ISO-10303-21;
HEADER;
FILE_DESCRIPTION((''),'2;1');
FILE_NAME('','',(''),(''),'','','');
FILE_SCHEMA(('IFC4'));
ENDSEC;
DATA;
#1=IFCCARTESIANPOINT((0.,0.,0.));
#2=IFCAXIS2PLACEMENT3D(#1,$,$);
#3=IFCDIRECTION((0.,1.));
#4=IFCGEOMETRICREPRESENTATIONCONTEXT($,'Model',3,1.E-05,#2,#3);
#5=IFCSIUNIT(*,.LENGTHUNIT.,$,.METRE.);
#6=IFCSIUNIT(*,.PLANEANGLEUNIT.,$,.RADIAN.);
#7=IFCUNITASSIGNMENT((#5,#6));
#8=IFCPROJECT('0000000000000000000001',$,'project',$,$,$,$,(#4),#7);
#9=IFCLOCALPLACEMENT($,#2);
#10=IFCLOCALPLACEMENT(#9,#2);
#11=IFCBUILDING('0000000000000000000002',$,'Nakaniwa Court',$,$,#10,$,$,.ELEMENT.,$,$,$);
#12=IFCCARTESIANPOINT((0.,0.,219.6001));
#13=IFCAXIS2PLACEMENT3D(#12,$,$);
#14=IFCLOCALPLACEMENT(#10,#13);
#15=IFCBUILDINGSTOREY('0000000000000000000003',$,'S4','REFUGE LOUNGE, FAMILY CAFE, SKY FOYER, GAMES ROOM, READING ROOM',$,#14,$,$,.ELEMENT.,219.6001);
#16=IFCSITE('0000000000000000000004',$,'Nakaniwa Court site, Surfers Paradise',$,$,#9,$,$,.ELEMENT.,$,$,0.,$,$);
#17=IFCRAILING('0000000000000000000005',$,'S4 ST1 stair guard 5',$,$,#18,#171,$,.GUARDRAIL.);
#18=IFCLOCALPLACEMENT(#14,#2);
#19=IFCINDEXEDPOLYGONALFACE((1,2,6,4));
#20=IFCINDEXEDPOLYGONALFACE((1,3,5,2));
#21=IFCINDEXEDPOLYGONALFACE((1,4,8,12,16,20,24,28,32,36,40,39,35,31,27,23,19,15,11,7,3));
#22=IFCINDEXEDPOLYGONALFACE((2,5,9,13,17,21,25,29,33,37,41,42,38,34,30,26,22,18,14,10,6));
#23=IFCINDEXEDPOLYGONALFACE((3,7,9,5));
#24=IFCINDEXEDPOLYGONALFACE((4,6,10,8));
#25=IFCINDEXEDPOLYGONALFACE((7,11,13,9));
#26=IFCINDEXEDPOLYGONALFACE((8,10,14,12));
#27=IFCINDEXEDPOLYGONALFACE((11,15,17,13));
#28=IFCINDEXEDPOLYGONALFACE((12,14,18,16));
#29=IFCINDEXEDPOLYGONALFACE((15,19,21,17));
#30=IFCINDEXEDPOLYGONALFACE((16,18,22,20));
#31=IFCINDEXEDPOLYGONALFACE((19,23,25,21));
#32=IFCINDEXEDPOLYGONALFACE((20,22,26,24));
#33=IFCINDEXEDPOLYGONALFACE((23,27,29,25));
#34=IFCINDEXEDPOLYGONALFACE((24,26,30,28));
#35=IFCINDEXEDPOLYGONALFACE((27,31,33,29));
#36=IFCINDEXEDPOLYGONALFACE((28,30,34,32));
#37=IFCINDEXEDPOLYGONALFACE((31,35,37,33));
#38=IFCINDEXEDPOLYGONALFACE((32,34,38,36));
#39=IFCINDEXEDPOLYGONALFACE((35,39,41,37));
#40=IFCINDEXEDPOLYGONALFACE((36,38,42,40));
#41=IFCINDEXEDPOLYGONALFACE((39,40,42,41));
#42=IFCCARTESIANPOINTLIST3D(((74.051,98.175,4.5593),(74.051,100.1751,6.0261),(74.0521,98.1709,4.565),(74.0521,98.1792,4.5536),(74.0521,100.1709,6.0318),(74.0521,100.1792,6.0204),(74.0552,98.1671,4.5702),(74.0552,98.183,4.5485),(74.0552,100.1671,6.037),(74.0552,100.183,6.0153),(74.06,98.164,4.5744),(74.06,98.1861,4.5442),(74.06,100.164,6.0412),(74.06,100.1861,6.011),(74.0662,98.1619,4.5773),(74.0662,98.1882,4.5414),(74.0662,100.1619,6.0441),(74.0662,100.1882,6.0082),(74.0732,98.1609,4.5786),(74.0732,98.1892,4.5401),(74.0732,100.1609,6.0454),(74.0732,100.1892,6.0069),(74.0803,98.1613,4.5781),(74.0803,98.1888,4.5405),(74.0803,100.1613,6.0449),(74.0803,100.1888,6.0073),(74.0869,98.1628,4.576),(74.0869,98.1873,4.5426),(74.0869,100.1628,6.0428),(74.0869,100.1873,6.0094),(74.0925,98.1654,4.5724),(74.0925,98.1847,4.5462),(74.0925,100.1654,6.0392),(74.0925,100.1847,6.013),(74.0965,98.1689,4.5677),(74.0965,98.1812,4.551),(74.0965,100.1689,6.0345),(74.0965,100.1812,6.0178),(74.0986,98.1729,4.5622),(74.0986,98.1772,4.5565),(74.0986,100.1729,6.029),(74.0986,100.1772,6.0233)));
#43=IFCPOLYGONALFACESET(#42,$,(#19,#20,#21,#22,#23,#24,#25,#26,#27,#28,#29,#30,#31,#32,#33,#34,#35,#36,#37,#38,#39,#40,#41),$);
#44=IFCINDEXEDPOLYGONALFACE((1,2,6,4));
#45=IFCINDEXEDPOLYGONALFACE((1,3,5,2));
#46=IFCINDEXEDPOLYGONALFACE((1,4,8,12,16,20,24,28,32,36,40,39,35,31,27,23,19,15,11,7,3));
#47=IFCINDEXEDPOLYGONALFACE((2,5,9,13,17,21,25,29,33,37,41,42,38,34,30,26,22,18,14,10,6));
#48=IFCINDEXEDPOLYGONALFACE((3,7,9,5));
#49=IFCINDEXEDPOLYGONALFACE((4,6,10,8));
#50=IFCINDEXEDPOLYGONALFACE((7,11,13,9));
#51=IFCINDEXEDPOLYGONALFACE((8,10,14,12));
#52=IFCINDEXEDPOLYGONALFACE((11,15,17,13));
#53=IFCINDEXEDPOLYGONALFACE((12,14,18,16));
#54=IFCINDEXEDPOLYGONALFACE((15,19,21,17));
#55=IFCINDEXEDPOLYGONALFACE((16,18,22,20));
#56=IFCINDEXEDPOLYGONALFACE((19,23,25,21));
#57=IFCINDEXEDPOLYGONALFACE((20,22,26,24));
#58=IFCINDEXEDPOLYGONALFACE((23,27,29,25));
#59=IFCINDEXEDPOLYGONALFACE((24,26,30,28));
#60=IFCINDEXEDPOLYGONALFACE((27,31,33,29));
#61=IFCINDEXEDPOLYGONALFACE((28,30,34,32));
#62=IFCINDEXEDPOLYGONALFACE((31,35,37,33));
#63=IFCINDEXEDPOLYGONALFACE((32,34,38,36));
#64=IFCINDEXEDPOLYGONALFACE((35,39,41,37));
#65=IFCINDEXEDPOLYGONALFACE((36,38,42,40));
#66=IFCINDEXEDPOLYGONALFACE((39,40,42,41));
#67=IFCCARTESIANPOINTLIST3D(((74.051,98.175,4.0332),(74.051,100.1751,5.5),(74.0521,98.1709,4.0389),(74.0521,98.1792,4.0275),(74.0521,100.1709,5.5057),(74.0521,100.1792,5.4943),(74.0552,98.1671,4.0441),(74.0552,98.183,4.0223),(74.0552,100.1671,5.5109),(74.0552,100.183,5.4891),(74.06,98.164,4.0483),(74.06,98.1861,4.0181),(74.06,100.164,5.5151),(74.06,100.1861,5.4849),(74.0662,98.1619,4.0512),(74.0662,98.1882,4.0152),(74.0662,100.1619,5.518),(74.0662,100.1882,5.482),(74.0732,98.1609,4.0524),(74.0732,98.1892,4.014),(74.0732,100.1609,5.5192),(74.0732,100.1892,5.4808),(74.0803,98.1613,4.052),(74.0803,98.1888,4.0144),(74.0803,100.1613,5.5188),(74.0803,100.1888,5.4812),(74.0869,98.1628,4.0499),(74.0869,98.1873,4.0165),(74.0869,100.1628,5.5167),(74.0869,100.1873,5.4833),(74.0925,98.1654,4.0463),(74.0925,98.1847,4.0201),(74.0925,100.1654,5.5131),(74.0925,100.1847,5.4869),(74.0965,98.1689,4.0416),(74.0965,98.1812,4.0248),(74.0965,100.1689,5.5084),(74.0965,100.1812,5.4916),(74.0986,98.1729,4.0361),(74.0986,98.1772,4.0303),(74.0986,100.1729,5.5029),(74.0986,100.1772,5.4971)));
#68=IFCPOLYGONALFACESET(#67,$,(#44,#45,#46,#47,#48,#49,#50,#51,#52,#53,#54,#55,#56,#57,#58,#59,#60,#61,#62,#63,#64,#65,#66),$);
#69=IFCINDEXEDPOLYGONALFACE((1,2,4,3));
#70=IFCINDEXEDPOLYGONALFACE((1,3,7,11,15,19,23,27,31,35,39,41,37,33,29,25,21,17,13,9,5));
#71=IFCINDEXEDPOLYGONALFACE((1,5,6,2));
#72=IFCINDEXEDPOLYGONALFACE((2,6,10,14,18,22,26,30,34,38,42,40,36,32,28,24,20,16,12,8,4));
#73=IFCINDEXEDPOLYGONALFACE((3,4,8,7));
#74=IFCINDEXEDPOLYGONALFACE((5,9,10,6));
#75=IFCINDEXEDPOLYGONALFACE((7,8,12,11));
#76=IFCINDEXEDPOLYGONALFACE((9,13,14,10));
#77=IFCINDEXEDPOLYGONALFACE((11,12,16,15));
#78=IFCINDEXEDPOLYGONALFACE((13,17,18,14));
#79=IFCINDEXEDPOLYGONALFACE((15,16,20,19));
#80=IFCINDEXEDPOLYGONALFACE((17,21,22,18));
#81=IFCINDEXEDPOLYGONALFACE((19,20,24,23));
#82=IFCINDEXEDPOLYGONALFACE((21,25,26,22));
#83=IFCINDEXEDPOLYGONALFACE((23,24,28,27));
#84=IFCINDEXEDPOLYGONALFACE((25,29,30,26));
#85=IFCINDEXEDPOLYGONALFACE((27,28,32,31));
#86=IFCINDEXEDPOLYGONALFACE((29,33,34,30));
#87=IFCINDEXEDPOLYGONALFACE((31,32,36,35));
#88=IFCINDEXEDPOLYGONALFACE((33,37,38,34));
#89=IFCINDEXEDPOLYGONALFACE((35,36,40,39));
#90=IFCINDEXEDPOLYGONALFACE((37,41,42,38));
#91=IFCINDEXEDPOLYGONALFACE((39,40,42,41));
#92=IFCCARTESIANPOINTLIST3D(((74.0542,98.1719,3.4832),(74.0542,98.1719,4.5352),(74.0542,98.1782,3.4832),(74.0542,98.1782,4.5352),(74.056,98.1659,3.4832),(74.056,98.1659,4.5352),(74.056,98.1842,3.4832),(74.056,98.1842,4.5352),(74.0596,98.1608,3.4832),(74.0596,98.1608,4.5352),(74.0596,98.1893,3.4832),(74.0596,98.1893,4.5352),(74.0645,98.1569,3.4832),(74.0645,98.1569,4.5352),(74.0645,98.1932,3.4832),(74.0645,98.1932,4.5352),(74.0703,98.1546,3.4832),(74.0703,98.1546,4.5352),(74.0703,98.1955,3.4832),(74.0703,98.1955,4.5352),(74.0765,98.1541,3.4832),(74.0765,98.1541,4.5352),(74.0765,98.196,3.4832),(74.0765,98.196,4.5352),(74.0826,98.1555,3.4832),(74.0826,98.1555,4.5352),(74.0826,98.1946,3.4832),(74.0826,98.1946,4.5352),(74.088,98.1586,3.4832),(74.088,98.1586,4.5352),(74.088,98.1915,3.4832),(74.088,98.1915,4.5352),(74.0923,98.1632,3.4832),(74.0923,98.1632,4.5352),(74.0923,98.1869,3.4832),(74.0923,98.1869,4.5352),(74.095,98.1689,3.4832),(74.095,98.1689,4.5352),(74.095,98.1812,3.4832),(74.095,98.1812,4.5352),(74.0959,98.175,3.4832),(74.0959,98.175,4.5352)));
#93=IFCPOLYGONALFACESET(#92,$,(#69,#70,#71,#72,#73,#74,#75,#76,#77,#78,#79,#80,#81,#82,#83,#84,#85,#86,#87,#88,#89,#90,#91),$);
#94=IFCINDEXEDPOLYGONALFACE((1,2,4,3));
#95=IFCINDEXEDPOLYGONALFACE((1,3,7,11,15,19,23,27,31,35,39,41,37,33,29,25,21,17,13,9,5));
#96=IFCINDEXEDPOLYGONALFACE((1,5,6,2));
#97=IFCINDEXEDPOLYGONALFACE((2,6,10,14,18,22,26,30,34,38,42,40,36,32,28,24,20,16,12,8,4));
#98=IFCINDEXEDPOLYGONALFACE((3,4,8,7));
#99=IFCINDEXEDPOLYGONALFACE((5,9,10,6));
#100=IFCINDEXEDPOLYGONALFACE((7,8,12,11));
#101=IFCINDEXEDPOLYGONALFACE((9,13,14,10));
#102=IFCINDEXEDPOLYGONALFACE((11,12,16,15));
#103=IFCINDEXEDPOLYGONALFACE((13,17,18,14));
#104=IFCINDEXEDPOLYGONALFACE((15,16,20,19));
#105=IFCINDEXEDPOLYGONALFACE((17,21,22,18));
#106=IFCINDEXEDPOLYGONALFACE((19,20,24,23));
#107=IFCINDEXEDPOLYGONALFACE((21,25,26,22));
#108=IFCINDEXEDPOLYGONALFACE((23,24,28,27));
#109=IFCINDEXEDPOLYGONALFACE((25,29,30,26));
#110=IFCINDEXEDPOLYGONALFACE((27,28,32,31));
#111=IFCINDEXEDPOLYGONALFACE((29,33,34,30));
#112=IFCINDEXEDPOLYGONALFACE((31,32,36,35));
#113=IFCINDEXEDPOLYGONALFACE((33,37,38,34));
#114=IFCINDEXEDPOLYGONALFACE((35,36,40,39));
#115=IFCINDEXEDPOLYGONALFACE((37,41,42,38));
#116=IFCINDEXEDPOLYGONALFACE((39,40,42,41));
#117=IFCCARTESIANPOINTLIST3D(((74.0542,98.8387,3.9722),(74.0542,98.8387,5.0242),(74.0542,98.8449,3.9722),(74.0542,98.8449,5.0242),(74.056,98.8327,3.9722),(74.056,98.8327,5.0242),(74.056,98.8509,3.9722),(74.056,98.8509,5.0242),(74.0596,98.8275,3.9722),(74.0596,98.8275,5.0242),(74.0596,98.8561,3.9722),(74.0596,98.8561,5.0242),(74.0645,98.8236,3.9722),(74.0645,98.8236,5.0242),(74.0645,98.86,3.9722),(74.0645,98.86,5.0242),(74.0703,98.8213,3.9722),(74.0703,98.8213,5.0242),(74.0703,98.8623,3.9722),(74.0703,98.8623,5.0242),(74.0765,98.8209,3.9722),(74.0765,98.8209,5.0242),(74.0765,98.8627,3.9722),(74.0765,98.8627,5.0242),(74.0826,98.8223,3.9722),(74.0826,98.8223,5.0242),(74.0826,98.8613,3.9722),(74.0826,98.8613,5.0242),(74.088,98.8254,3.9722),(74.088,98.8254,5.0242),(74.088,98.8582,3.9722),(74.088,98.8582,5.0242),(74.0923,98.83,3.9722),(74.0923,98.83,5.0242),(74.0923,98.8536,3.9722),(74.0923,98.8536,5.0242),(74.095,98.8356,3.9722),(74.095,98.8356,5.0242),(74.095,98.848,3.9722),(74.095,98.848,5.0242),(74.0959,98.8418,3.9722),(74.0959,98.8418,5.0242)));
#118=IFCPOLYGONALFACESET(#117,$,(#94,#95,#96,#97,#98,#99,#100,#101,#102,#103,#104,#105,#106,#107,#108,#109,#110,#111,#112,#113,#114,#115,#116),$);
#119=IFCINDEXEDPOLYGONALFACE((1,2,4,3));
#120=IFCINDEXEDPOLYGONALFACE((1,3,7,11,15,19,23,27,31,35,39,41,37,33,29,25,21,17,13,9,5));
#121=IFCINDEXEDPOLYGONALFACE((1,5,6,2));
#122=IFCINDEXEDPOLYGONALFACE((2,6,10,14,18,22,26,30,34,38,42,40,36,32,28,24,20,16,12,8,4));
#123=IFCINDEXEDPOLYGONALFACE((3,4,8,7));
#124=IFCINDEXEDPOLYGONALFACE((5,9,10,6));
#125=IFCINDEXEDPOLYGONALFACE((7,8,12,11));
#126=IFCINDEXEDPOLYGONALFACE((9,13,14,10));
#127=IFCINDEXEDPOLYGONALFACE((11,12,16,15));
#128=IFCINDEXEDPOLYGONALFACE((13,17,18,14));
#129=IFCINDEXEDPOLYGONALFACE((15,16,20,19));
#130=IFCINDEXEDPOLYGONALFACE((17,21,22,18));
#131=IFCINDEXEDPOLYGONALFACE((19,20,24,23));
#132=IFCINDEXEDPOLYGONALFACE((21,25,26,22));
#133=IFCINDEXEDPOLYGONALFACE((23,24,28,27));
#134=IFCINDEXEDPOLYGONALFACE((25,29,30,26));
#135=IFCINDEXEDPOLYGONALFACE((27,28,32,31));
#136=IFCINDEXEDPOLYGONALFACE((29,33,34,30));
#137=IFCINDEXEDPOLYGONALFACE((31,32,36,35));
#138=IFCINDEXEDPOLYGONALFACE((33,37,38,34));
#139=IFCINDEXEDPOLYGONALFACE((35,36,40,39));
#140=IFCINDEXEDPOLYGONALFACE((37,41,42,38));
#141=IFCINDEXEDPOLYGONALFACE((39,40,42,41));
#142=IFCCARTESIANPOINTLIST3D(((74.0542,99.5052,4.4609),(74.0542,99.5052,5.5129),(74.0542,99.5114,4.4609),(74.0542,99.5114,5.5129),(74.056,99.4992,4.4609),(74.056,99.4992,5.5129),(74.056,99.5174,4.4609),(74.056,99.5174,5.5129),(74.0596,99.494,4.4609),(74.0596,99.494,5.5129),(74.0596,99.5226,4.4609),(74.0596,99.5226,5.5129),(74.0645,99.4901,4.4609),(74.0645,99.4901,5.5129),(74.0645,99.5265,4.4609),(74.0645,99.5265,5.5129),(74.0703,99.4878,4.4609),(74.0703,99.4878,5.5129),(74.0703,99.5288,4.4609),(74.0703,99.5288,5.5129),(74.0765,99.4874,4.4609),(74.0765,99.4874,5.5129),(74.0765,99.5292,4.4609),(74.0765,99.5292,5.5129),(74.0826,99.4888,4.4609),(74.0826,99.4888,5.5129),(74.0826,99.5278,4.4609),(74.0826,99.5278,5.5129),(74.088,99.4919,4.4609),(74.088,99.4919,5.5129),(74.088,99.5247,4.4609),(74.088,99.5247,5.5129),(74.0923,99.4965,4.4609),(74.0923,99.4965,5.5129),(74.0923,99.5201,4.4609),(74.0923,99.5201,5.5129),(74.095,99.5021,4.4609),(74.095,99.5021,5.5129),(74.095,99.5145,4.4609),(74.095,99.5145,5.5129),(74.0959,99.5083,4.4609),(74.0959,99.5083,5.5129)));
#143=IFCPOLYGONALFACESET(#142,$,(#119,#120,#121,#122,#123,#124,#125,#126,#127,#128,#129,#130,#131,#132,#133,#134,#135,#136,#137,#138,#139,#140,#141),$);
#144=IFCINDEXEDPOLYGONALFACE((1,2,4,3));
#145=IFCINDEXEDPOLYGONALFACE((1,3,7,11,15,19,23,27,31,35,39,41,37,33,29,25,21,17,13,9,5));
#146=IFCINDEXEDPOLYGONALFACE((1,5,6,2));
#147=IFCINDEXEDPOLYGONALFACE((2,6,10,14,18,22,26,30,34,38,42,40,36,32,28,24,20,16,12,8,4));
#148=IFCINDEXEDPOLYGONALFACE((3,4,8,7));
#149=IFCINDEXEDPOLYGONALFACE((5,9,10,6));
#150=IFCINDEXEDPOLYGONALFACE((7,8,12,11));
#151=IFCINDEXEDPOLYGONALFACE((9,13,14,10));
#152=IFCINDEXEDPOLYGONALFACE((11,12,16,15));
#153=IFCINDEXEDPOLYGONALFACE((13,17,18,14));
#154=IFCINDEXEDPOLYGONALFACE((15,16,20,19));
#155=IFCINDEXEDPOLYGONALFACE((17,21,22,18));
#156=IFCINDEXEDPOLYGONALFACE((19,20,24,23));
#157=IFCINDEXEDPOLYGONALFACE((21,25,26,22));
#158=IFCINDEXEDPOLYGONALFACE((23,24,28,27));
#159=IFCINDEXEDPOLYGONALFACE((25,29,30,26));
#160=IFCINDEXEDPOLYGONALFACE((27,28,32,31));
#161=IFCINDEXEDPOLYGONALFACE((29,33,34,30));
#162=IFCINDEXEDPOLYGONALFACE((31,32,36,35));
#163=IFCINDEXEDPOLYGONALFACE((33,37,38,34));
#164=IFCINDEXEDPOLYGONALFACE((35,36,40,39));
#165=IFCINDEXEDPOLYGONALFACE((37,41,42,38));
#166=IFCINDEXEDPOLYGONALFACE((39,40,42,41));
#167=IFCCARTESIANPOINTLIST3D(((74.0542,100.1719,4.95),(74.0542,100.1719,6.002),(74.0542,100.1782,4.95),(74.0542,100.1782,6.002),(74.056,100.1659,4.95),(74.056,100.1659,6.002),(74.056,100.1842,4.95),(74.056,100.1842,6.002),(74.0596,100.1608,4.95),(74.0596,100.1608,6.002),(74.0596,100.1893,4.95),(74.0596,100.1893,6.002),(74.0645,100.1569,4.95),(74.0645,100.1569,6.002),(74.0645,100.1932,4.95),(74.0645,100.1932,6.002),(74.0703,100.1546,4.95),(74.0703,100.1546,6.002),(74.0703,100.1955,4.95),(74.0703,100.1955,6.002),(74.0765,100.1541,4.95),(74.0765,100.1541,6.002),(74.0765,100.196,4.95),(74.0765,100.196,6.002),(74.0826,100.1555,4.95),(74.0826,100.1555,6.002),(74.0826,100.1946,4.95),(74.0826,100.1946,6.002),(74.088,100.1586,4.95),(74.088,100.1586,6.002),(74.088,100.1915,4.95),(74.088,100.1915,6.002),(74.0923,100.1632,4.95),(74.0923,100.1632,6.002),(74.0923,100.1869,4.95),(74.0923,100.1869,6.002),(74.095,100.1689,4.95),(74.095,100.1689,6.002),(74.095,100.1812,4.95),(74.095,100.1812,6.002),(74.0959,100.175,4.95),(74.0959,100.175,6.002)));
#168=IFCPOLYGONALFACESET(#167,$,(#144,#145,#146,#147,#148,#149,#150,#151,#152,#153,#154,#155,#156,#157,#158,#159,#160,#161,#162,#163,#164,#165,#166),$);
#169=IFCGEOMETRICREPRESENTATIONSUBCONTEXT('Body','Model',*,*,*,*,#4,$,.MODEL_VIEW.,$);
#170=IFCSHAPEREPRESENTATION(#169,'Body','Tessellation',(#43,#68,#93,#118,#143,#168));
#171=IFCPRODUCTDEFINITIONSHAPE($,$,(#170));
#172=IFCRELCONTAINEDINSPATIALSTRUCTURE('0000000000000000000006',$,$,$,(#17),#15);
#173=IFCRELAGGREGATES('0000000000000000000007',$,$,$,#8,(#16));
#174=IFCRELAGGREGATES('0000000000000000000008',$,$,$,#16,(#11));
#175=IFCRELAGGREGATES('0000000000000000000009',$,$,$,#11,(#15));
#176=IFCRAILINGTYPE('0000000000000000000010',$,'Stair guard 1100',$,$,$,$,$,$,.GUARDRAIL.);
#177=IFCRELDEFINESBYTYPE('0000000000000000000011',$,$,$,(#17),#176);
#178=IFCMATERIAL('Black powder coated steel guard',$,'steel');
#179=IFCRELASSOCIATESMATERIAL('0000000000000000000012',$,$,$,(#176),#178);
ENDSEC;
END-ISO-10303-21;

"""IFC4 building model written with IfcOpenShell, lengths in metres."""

from ifc_helpers import new_model, si_unit, direction, frame, origin, origin_2d, place, context, subcontext, project, spatial, circle, extrude, material, type_object, element, save


model = new_model("IFC4")

# Units and contexts
model_context = context("Model", 3, precision=1e-05, world=origin(), true_north=direction((0.0, 1.0)))
body_context = subcontext(model_context, "Body", "Model", "MODEL_VIEW")
ifc_project = project(units=[si_unit("LENGTHUNIT", "METRE"), si_unit("PLANEANGLEUNIT", "RADIAN")], contexts=[model_context])

# Site, building, storey
site_placement = place(None, origin())
site = spatial("IfcSite", under=ifc_project, at=site_placement, Name="Nakaniwa Court site, Surfers Paradise", CompositionType="ELEMENT", RefElevation=0.0)
building_placement = place(site_placement, origin())
building = spatial("IfcBuilding", under=site, at=building_placement, Name="Nakaniwa Court", CompositionType="ELEMENT")
storey_placement = place(building_placement, frame((0.0, 0.0, 219.6001)))
storey = spatial("IfcBuildingStorey", under=building, at=storey_placement, Name="S4", Description="REFUGE LOUNGE, FAMILY CAFE, SKY FOYER, GAMES ROOM, READING ROOM", CompositionType="ELEMENT", Elevation=219.6001)

# Railing
ifc_material_1 = material(Name="Black powder coated steel guard", Category="steel")
railing_type_1 = type_object("IfcRailingType", Name="Stair guard 1100", PredefinedType="GUARDRAIL", material=ifc_material_1)
railing_1_placement = place(storey_placement, frame((74.075, 98.175, 3.4832)))
element("IfcRailing", 1, at=railing_1_placement, inside=storey, type_object=railing_type_1, Name="S4 ST1 stair guard 5", PredefinedType="GUARDRAIL", context=body_context, shape_type="SweptSolid", body=[
    extrude(circle(Radius=0.0239, at=origin_2d()), frame((0.0, 0.0, 1.0762), z_axis=(0.0, 0.80638, 0.591398), x_axis=(-1.0, 0.0, 0.0)), (0.0, 0.0, 1.0), 2.4802),
    extrude(circle(Radius=0.0239, at=origin_2d()), frame((0.0, 0.0, 0.55), z_axis=(0.0, 0.80638, 0.591398), x_axis=(-1.0, 0.0, 0.0)), (0.0, 0.0, 1.0), 2.4802),
    extrude(circle(Radius=0.021, at=origin_2d()), origin(), (0.0, 0.0, 1.0), 1.052),
    extrude(circle(Radius=0.021, at=origin_2d()), frame((0.0, 0.6667, 0.489)), (0.0, 0.0, 1.0), 1.052),
    extrude(circle(Radius=0.021, at=origin_2d()), frame((0.0, 1.3333, 0.9778)), (0.0, 0.0, 1.0), 1.052),
    extrude(circle(Radius=0.021, at=origin_2d()), frame((0.0, 2.0, 1.4668)), (0.0, 0.0, 1.0), 1.052),
])

save(model, "model.ifc")
